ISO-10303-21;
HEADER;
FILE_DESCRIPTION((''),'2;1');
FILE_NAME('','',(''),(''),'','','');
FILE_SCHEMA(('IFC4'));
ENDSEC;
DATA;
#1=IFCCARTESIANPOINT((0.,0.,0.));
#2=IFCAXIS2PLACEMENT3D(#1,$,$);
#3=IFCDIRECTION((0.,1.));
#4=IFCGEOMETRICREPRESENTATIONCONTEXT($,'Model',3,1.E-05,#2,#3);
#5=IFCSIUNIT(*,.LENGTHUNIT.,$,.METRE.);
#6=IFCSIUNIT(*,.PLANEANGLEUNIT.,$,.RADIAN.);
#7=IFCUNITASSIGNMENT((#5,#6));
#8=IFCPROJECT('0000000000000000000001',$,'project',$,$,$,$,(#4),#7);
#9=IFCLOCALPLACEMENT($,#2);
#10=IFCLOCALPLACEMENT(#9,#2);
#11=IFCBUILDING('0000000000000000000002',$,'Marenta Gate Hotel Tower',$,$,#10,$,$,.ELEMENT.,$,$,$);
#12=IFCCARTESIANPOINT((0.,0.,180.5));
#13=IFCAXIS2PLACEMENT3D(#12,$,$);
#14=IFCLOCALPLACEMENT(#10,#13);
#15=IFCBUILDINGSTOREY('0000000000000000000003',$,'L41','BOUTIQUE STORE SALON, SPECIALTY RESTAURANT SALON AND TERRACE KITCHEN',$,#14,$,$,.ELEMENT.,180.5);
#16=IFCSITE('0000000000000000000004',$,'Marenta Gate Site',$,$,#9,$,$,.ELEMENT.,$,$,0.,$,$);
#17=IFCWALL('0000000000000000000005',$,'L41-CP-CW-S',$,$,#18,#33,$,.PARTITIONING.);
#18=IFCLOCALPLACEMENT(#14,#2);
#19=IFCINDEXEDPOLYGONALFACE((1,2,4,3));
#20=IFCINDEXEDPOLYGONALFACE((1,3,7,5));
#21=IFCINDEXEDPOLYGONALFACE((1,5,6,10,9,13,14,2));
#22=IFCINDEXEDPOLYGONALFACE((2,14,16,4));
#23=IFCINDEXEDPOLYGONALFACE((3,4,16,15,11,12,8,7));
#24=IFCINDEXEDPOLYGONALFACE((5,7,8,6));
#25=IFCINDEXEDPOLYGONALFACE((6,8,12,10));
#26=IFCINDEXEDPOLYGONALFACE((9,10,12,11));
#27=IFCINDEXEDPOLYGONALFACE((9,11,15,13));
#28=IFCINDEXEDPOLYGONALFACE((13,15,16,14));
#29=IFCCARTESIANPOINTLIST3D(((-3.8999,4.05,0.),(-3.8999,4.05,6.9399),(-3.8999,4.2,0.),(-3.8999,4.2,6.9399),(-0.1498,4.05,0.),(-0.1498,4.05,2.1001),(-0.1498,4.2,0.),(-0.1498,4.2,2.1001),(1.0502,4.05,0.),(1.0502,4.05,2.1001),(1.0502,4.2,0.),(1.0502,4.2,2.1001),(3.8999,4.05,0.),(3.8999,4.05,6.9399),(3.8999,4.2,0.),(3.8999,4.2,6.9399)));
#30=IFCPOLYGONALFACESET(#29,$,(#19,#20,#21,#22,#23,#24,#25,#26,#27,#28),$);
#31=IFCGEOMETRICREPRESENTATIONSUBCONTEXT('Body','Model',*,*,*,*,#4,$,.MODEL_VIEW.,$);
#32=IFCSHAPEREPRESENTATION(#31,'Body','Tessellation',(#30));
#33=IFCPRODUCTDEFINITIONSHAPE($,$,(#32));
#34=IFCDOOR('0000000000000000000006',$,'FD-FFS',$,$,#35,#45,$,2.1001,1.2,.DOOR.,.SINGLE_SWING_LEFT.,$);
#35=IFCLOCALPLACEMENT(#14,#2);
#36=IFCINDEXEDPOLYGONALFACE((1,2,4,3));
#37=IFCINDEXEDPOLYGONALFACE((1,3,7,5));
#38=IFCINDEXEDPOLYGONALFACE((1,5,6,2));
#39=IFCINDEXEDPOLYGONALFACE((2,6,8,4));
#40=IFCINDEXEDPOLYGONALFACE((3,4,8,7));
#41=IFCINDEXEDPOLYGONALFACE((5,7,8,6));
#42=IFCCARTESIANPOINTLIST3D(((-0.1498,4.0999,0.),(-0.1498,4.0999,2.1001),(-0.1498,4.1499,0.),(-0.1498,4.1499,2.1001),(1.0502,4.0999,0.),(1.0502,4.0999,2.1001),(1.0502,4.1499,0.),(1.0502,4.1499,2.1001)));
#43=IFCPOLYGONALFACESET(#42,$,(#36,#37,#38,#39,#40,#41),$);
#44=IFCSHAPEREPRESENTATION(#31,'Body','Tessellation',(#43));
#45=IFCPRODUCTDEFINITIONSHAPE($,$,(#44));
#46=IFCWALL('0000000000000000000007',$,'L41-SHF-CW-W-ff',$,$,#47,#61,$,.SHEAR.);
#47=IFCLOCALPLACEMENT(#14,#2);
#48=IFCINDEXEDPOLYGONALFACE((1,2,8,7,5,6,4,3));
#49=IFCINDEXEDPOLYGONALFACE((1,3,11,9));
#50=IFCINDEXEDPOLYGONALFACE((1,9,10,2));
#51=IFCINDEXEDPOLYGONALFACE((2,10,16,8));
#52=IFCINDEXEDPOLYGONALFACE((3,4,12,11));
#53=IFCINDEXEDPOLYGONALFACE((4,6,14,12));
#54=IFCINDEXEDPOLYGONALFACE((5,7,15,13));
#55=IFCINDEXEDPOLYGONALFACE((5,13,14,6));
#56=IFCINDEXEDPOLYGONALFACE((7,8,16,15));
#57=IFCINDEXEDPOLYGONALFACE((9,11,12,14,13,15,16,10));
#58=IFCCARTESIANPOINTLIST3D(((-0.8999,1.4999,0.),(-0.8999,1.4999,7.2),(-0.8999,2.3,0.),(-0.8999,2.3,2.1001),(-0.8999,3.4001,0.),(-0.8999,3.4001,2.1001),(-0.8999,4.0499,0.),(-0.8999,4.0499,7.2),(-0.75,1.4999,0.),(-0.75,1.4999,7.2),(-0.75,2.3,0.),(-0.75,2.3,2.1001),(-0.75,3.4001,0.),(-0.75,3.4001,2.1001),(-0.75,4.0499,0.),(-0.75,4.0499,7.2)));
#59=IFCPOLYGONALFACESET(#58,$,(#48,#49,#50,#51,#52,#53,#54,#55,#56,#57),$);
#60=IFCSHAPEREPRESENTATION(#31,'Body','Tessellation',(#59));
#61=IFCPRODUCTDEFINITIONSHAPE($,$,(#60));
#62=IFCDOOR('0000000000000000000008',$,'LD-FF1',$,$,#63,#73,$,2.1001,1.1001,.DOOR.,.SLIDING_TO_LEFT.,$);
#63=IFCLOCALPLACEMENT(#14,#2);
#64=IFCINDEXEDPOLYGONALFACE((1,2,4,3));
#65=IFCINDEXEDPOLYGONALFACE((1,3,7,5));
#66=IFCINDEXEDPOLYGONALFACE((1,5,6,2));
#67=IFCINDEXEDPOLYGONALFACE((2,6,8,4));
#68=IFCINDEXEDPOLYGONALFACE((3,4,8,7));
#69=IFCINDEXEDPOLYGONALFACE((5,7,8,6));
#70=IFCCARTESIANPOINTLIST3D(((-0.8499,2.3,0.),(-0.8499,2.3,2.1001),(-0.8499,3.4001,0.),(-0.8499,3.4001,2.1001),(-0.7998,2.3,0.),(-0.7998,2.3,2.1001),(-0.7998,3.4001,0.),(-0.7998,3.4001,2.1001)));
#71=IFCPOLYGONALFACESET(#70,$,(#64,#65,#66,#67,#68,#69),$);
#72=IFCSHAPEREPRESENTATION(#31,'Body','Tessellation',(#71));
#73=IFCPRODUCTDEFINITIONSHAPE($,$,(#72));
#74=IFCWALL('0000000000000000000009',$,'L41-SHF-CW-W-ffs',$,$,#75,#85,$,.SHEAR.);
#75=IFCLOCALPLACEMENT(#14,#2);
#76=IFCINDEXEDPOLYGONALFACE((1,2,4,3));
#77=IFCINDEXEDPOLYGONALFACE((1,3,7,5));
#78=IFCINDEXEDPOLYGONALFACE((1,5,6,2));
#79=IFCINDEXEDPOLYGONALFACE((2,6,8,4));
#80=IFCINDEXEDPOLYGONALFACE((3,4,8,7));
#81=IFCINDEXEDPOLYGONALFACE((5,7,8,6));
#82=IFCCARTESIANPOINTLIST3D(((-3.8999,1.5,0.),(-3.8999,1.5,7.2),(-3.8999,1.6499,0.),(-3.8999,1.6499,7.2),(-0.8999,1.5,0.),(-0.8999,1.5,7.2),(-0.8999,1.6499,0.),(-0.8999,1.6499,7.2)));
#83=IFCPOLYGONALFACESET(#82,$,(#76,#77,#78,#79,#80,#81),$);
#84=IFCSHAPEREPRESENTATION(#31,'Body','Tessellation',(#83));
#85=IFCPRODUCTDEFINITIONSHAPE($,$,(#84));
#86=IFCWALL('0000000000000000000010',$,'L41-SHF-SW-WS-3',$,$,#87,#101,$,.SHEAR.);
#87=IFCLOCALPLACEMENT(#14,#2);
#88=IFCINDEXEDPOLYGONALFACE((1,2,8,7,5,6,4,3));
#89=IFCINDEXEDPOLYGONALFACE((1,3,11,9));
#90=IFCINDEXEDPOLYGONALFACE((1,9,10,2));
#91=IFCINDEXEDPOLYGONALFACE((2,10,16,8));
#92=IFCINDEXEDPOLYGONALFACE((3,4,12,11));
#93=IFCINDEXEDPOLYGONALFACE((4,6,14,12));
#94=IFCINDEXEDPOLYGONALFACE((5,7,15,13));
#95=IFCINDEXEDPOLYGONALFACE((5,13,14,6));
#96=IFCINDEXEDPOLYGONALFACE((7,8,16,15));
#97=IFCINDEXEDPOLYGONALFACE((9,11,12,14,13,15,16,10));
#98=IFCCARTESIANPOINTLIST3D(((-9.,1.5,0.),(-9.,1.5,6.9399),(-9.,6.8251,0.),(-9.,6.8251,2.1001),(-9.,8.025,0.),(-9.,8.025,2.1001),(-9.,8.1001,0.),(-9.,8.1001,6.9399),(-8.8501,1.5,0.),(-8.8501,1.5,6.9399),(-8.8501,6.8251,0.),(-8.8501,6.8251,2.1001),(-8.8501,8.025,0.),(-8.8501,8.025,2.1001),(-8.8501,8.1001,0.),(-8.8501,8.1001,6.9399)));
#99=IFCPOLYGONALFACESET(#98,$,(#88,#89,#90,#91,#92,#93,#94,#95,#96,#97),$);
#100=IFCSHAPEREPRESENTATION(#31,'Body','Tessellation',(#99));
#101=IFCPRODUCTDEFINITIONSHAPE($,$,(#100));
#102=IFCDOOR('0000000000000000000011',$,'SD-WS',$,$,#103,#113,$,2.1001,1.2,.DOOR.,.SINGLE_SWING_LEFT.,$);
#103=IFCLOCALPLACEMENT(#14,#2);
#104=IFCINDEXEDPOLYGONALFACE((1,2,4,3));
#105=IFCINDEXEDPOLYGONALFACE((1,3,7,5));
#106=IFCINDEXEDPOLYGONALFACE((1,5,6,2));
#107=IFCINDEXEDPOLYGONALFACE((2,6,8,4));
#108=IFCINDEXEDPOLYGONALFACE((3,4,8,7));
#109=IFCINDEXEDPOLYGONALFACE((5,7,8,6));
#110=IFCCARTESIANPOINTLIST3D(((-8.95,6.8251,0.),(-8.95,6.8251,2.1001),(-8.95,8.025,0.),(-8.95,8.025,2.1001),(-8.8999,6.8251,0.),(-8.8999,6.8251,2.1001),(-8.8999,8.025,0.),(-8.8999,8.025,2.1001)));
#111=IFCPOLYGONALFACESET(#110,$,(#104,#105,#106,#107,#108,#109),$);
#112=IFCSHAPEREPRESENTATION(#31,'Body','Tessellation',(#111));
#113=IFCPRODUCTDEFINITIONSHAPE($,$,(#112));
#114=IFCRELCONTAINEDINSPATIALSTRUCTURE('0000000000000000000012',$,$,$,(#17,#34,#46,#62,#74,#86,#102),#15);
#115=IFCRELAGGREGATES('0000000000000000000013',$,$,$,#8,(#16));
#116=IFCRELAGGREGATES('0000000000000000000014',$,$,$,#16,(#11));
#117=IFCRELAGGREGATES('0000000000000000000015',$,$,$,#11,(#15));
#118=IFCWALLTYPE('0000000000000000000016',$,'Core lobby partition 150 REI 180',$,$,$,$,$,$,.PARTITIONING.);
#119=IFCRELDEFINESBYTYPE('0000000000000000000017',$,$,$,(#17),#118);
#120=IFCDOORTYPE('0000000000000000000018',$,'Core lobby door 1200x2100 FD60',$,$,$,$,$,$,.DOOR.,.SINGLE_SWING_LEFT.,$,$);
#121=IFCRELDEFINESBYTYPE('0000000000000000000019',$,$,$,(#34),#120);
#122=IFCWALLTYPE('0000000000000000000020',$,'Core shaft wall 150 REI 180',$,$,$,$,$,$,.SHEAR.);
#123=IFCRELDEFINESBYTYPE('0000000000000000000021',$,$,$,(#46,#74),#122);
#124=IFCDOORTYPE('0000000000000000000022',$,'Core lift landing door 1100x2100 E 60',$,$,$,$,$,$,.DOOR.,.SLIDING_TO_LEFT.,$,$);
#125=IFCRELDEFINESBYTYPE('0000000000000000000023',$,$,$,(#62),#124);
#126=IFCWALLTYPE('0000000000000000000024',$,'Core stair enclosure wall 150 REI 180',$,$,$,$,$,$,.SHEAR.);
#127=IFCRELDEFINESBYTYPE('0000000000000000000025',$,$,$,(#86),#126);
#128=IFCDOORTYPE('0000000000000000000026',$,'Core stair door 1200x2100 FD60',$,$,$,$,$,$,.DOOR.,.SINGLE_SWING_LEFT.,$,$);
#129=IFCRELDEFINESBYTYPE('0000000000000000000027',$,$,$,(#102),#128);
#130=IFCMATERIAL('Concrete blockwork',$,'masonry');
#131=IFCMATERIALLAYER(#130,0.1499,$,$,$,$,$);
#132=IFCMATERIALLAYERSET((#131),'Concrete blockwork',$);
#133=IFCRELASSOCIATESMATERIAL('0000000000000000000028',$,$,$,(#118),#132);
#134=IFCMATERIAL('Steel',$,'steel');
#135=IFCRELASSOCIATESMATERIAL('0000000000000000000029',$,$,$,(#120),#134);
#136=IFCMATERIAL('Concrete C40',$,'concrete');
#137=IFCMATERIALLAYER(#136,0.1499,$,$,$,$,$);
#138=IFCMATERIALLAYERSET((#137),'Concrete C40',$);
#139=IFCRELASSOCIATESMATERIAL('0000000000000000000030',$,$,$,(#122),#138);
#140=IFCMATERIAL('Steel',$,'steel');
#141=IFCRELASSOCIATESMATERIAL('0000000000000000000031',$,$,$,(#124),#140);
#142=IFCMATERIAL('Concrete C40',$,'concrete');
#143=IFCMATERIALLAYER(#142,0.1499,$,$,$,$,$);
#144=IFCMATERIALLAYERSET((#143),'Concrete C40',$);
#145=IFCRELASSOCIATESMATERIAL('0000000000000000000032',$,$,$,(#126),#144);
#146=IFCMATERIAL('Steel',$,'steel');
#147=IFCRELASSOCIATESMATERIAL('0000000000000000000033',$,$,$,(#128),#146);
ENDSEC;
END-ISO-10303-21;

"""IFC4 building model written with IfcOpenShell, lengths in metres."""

from ifc_helpers import new_model, si_unit, direction, frame, frame_2d, origin, place, context, subcontext, project, spatial, rectangle, extrude, material, layer, layer_set, type_object, element, fill, save


model = new_model("IFC4")

# Units and contexts
model_context = context("Model", 3, precision=1e-05, world=origin(), true_north=direction((0.0, 1.0)))
body_context = subcontext(model_context, "Body", "Model", "MODEL_VIEW")
ifc_project = project(units=[si_unit("LENGTHUNIT", "METRE"), si_unit("PLANEANGLEUNIT", "RADIAN")], contexts=[model_context])

# Site, building, storey
site_placement = place(None, origin())
site = spatial("IfcSite", under=ifc_project, at=site_placement, Name="Marenta Gate Site", CompositionType="ELEMENT", RefElevation=0.0)
building_placement = place(site_placement, origin())
building = spatial("IfcBuilding", under=site, at=building_placement, Name="Marenta Gate Hotel Tower", CompositionType="ELEMENT")
storey_placement = place(building_placement, frame((0.0, 0.0, 180.5)))
storey = spatial("IfcBuildingStorey", under=building, at=storey_placement, Name="L41", Description="BOUTIQUE STORE SALON, SPECIALTY RESTAURANT SALON AND TERRACE KITCHEN", CompositionType="ELEMENT", Elevation=180.5)

# Walls, openings, doors
ifc_material_1 = material(Name="Concrete blockwork", Category="masonry")
ifc_layer_1 = layer(ifc_material_1, 0.1499)
ifc_layer_set_1 = layer_set([ifc_layer_1], Name="Concrete blockwork")
wall_type_1 = type_object("IfcWallType", Name="Core lobby partition 150 REI 180", PredefinedType="PARTITIONING", material=ifc_layer_set_1)
wall_1_placement = place(storey_placement, frame((-3.8999, 4.125, 0.0), z_axis=(0.0, 0.0, 1.0), x_axis=(1.0, 0.0, 0.0)))
wall_1 = element("IfcWall", 1, at=wall_1_placement, inside=storey, type_object=wall_type_1, Name="L41-CP-CW-S", PredefinedType="PARTITIONING", context=body_context, shape_type="SweptSolid", body=[
    extrude(rectangle(XDim=7.7998, YDim=0.1499, at=frame_2d((3.8999, 0.0))), origin(), (0.0, 0.0, 1.0), 6.9399),
])
opening_1_placement = place(wall_1_placement, frame((3.75, 0.0, 0.0)))
opening_1 = element("IfcOpeningElement", 2, at=opening_1_placement, cuts=wall_1, PredefinedType="OPENING", context=body_context, shape_type="SweptSolid", body=[
    extrude(rectangle(XDim=1.2, YDim=2.1001, at=frame_2d((0.6001, 1.05))), frame((0.0, 0.075, 0.0), z_axis=(0.0, -1.0, 0.0), x_axis=(1.0, 0.0, 0.0)), (0.0, 0.0, 1.0), 0.1499),
])
ifc_material_2 = material(Name="Steel", Category="steel")
door_type_1 = type_object("IfcDoorType", Name="Core lobby door 1200x2100 FD60", OperationType="SINGLE_SWING_LEFT", PredefinedType="DOOR", material=ifc_material_2)
door_1_placement = place(opening_1_placement, origin())
door_1 = element("IfcDoor", 3, at=door_1_placement, inside=storey, type_object=door_type_1, Name="FD-FFS", OperationType="SINGLE_SWING_LEFT", OverallHeight=2.1001, OverallWidth=1.2, PredefinedType="DOOR", context=body_context, shape_type="SweptSolid", body=[
    extrude(rectangle(XDim=1.2, YDim=2.1001, at=frame_2d((0.6001, 1.05))), frame((0.0, 0.0249, 0.0), z_axis=(0.0, -1.0, 0.0), x_axis=(1.0, 0.0, 0.0)), (0.0, 0.0, 1.0), 0.05),
])
fill(opening_1, door_1)
ifc_material_3 = material(Name="Concrete C40", Category="concrete")
ifc_layer_2 = layer(ifc_material_3, 0.1499)
ifc_layer_set_2 = layer_set([ifc_layer_2], Name="Concrete C40")
wall_type_2 = type_object("IfcWallType", Name="Core shaft wall 150 REI 180", PredefinedType="SHEAR", material=ifc_layer_set_2)
wall_2_placement = place(storey_placement, frame((-0.825, 1.5, 0.0), z_axis=(0.0, 0.0, 1.0), x_axis=(0.0, 1.0, 0.0)))
wall_2 = element("IfcWall", 4, at=wall_2_placement, inside=storey, type_object=wall_type_2, Name="L41-SHF-CW-W-ff", PredefinedType="SHEAR", context=body_context, shape_type="SweptSolid", body=[
    extrude(rectangle(XDim=2.55, YDim=0.1499, at=frame_2d((1.2749, 0.0))), origin(), (0.0, 0.0, 1.0), 7.2),
])
opening_2_placement = place(wall_2_placement, frame((0.8, 0.0, 0.0)))
opening_2 = element("IfcOpeningElement", 5, at=opening_2_placement, cuts=wall_2, PredefinedType="OPENING", context=body_context, shape_type="SweptSolid", body=[
    extrude(rectangle(XDim=1.1001, YDim=2.1001, at=frame_2d((0.55, 1.05))), frame((0.0, 0.075, 0.0), z_axis=(0.0, -1.0, 0.0), x_axis=(1.0, 0.0, 0.0)), (0.0, 0.0, 1.0), 0.1499),
])
ifc_material_4 = material(Name="Steel", Category="steel")
door_type_2 = type_object("IfcDoorType", Name="Core lift landing door 1100x2100 E 60", OperationType="SLIDING_TO_LEFT", PredefinedType="DOOR", material=ifc_material_4)
door_2_placement = place(opening_2_placement, origin())
door_2 = element("IfcDoor", 6, at=door_2_placement, inside=storey, type_object=door_type_2, Name="LD-FF1", OperationType="SLIDING_TO_LEFT", OverallHeight=2.1001, OverallWidth=1.1001, PredefinedType="DOOR", context=body_context, shape_type="SweptSolid", body=[
    extrude(rectangle(XDim=1.1001, YDim=2.1001, at=frame_2d((0.55, 1.05))), frame((0.0, 0.0249, 0.0), z_axis=(0.0, -1.0, 0.0), x_axis=(1.0, 0.0, 0.0)), (0.0, 0.0, 1.0), 0.05),
])
fill(opening_2, door_2)

# Wall
wall_3_placement = place(storey_placement, frame((-3.8999, 1.575, 0.0), z_axis=(0.0, 0.0, 1.0), x_axis=(1.0, 0.0, 0.0)))
element("IfcWall", 7, at=wall_3_placement, inside=storey, type_object=wall_type_2, Name="L41-SHF-CW-W-ffs", PredefinedType="SHEAR", context=body_context, shape_type="SweptSolid", body=[
    extrude(rectangle(XDim=3.0, YDim=0.1499, at=frame_2d((1.5, 0.0))), origin(), (0.0, 0.0, 1.0), 7.2),
])

# Wall, opening, door
ifc_material_5 = material(Name="Concrete C40", Category="concrete")
ifc_layer_3 = layer(ifc_material_5, 0.1499)
ifc_layer_set_3 = layer_set([ifc_layer_3], Name="Concrete C40")
wall_type_3 = type_object("IfcWallType", Name="Core stair enclosure wall 150 REI 180", PredefinedType="SHEAR", material=ifc_layer_set_3)
wall_4_placement = place(storey_placement, frame((-8.925, 1.5, 0.0), z_axis=(0.0, 0.0, 1.0), x_axis=(0.0, 1.0, 0.0)))
wall_4 = element("IfcWall", 8, at=wall_4_placement, inside=storey, type_object=wall_type_3, Name="L41-SHF-SW-WS-3", PredefinedType="SHEAR", context=body_context, shape_type="SweptSolid", body=[
    extrude(rectangle(XDim=6.6001, YDim=0.1499, at=frame_2d((3.3, 0.0))), origin(), (0.0, 0.0, 1.0), 6.9399),
])
opening_3_placement = place(wall_4_placement, frame((5.325, 0.0, 0.0)))
opening_3 = element("IfcOpeningElement", 9, at=opening_3_placement, cuts=wall_4, PredefinedType="OPENING", context=body_context, shape_type="SweptSolid", body=[
    extrude(rectangle(XDim=1.2, YDim=2.1001, at=frame_2d((0.6001, 1.05))), frame((0.0, 0.075, 0.0), z_axis=(0.0, -1.0, 0.0), x_axis=(1.0, 0.0, 0.0)), (0.0, 0.0, 1.0), 0.1499),
])
ifc_material_6 = material(Name="Steel", Category="steel")
door_type_3 = type_object("IfcDoorType", Name="Core stair door 1200x2100 FD60", OperationType="SINGLE_SWING_LEFT", PredefinedType="DOOR", material=ifc_material_6)
door_3_placement = place(opening_3_placement, origin())
door_3 = element("IfcDoor", 10, at=door_3_placement, inside=storey, type_object=door_type_3, Name="SD-WS", OperationType="SINGLE_SWING_LEFT", OverallHeight=2.1001, OverallWidth=1.2, PredefinedType="DOOR", context=body_context, shape_type="SweptSolid", body=[
    extrude(rectangle(XDim=1.2, YDim=2.1001, at=frame_2d((0.6001, 1.05))), frame((0.0, 0.0249, 0.0), z_axis=(0.0, -1.0, 0.0), x_axis=(1.0, 0.0, 0.0)), (0.0, 0.0, 1.0), 0.05),
])
fill(opening_3, door_3)

save(model, "model.ifc")
